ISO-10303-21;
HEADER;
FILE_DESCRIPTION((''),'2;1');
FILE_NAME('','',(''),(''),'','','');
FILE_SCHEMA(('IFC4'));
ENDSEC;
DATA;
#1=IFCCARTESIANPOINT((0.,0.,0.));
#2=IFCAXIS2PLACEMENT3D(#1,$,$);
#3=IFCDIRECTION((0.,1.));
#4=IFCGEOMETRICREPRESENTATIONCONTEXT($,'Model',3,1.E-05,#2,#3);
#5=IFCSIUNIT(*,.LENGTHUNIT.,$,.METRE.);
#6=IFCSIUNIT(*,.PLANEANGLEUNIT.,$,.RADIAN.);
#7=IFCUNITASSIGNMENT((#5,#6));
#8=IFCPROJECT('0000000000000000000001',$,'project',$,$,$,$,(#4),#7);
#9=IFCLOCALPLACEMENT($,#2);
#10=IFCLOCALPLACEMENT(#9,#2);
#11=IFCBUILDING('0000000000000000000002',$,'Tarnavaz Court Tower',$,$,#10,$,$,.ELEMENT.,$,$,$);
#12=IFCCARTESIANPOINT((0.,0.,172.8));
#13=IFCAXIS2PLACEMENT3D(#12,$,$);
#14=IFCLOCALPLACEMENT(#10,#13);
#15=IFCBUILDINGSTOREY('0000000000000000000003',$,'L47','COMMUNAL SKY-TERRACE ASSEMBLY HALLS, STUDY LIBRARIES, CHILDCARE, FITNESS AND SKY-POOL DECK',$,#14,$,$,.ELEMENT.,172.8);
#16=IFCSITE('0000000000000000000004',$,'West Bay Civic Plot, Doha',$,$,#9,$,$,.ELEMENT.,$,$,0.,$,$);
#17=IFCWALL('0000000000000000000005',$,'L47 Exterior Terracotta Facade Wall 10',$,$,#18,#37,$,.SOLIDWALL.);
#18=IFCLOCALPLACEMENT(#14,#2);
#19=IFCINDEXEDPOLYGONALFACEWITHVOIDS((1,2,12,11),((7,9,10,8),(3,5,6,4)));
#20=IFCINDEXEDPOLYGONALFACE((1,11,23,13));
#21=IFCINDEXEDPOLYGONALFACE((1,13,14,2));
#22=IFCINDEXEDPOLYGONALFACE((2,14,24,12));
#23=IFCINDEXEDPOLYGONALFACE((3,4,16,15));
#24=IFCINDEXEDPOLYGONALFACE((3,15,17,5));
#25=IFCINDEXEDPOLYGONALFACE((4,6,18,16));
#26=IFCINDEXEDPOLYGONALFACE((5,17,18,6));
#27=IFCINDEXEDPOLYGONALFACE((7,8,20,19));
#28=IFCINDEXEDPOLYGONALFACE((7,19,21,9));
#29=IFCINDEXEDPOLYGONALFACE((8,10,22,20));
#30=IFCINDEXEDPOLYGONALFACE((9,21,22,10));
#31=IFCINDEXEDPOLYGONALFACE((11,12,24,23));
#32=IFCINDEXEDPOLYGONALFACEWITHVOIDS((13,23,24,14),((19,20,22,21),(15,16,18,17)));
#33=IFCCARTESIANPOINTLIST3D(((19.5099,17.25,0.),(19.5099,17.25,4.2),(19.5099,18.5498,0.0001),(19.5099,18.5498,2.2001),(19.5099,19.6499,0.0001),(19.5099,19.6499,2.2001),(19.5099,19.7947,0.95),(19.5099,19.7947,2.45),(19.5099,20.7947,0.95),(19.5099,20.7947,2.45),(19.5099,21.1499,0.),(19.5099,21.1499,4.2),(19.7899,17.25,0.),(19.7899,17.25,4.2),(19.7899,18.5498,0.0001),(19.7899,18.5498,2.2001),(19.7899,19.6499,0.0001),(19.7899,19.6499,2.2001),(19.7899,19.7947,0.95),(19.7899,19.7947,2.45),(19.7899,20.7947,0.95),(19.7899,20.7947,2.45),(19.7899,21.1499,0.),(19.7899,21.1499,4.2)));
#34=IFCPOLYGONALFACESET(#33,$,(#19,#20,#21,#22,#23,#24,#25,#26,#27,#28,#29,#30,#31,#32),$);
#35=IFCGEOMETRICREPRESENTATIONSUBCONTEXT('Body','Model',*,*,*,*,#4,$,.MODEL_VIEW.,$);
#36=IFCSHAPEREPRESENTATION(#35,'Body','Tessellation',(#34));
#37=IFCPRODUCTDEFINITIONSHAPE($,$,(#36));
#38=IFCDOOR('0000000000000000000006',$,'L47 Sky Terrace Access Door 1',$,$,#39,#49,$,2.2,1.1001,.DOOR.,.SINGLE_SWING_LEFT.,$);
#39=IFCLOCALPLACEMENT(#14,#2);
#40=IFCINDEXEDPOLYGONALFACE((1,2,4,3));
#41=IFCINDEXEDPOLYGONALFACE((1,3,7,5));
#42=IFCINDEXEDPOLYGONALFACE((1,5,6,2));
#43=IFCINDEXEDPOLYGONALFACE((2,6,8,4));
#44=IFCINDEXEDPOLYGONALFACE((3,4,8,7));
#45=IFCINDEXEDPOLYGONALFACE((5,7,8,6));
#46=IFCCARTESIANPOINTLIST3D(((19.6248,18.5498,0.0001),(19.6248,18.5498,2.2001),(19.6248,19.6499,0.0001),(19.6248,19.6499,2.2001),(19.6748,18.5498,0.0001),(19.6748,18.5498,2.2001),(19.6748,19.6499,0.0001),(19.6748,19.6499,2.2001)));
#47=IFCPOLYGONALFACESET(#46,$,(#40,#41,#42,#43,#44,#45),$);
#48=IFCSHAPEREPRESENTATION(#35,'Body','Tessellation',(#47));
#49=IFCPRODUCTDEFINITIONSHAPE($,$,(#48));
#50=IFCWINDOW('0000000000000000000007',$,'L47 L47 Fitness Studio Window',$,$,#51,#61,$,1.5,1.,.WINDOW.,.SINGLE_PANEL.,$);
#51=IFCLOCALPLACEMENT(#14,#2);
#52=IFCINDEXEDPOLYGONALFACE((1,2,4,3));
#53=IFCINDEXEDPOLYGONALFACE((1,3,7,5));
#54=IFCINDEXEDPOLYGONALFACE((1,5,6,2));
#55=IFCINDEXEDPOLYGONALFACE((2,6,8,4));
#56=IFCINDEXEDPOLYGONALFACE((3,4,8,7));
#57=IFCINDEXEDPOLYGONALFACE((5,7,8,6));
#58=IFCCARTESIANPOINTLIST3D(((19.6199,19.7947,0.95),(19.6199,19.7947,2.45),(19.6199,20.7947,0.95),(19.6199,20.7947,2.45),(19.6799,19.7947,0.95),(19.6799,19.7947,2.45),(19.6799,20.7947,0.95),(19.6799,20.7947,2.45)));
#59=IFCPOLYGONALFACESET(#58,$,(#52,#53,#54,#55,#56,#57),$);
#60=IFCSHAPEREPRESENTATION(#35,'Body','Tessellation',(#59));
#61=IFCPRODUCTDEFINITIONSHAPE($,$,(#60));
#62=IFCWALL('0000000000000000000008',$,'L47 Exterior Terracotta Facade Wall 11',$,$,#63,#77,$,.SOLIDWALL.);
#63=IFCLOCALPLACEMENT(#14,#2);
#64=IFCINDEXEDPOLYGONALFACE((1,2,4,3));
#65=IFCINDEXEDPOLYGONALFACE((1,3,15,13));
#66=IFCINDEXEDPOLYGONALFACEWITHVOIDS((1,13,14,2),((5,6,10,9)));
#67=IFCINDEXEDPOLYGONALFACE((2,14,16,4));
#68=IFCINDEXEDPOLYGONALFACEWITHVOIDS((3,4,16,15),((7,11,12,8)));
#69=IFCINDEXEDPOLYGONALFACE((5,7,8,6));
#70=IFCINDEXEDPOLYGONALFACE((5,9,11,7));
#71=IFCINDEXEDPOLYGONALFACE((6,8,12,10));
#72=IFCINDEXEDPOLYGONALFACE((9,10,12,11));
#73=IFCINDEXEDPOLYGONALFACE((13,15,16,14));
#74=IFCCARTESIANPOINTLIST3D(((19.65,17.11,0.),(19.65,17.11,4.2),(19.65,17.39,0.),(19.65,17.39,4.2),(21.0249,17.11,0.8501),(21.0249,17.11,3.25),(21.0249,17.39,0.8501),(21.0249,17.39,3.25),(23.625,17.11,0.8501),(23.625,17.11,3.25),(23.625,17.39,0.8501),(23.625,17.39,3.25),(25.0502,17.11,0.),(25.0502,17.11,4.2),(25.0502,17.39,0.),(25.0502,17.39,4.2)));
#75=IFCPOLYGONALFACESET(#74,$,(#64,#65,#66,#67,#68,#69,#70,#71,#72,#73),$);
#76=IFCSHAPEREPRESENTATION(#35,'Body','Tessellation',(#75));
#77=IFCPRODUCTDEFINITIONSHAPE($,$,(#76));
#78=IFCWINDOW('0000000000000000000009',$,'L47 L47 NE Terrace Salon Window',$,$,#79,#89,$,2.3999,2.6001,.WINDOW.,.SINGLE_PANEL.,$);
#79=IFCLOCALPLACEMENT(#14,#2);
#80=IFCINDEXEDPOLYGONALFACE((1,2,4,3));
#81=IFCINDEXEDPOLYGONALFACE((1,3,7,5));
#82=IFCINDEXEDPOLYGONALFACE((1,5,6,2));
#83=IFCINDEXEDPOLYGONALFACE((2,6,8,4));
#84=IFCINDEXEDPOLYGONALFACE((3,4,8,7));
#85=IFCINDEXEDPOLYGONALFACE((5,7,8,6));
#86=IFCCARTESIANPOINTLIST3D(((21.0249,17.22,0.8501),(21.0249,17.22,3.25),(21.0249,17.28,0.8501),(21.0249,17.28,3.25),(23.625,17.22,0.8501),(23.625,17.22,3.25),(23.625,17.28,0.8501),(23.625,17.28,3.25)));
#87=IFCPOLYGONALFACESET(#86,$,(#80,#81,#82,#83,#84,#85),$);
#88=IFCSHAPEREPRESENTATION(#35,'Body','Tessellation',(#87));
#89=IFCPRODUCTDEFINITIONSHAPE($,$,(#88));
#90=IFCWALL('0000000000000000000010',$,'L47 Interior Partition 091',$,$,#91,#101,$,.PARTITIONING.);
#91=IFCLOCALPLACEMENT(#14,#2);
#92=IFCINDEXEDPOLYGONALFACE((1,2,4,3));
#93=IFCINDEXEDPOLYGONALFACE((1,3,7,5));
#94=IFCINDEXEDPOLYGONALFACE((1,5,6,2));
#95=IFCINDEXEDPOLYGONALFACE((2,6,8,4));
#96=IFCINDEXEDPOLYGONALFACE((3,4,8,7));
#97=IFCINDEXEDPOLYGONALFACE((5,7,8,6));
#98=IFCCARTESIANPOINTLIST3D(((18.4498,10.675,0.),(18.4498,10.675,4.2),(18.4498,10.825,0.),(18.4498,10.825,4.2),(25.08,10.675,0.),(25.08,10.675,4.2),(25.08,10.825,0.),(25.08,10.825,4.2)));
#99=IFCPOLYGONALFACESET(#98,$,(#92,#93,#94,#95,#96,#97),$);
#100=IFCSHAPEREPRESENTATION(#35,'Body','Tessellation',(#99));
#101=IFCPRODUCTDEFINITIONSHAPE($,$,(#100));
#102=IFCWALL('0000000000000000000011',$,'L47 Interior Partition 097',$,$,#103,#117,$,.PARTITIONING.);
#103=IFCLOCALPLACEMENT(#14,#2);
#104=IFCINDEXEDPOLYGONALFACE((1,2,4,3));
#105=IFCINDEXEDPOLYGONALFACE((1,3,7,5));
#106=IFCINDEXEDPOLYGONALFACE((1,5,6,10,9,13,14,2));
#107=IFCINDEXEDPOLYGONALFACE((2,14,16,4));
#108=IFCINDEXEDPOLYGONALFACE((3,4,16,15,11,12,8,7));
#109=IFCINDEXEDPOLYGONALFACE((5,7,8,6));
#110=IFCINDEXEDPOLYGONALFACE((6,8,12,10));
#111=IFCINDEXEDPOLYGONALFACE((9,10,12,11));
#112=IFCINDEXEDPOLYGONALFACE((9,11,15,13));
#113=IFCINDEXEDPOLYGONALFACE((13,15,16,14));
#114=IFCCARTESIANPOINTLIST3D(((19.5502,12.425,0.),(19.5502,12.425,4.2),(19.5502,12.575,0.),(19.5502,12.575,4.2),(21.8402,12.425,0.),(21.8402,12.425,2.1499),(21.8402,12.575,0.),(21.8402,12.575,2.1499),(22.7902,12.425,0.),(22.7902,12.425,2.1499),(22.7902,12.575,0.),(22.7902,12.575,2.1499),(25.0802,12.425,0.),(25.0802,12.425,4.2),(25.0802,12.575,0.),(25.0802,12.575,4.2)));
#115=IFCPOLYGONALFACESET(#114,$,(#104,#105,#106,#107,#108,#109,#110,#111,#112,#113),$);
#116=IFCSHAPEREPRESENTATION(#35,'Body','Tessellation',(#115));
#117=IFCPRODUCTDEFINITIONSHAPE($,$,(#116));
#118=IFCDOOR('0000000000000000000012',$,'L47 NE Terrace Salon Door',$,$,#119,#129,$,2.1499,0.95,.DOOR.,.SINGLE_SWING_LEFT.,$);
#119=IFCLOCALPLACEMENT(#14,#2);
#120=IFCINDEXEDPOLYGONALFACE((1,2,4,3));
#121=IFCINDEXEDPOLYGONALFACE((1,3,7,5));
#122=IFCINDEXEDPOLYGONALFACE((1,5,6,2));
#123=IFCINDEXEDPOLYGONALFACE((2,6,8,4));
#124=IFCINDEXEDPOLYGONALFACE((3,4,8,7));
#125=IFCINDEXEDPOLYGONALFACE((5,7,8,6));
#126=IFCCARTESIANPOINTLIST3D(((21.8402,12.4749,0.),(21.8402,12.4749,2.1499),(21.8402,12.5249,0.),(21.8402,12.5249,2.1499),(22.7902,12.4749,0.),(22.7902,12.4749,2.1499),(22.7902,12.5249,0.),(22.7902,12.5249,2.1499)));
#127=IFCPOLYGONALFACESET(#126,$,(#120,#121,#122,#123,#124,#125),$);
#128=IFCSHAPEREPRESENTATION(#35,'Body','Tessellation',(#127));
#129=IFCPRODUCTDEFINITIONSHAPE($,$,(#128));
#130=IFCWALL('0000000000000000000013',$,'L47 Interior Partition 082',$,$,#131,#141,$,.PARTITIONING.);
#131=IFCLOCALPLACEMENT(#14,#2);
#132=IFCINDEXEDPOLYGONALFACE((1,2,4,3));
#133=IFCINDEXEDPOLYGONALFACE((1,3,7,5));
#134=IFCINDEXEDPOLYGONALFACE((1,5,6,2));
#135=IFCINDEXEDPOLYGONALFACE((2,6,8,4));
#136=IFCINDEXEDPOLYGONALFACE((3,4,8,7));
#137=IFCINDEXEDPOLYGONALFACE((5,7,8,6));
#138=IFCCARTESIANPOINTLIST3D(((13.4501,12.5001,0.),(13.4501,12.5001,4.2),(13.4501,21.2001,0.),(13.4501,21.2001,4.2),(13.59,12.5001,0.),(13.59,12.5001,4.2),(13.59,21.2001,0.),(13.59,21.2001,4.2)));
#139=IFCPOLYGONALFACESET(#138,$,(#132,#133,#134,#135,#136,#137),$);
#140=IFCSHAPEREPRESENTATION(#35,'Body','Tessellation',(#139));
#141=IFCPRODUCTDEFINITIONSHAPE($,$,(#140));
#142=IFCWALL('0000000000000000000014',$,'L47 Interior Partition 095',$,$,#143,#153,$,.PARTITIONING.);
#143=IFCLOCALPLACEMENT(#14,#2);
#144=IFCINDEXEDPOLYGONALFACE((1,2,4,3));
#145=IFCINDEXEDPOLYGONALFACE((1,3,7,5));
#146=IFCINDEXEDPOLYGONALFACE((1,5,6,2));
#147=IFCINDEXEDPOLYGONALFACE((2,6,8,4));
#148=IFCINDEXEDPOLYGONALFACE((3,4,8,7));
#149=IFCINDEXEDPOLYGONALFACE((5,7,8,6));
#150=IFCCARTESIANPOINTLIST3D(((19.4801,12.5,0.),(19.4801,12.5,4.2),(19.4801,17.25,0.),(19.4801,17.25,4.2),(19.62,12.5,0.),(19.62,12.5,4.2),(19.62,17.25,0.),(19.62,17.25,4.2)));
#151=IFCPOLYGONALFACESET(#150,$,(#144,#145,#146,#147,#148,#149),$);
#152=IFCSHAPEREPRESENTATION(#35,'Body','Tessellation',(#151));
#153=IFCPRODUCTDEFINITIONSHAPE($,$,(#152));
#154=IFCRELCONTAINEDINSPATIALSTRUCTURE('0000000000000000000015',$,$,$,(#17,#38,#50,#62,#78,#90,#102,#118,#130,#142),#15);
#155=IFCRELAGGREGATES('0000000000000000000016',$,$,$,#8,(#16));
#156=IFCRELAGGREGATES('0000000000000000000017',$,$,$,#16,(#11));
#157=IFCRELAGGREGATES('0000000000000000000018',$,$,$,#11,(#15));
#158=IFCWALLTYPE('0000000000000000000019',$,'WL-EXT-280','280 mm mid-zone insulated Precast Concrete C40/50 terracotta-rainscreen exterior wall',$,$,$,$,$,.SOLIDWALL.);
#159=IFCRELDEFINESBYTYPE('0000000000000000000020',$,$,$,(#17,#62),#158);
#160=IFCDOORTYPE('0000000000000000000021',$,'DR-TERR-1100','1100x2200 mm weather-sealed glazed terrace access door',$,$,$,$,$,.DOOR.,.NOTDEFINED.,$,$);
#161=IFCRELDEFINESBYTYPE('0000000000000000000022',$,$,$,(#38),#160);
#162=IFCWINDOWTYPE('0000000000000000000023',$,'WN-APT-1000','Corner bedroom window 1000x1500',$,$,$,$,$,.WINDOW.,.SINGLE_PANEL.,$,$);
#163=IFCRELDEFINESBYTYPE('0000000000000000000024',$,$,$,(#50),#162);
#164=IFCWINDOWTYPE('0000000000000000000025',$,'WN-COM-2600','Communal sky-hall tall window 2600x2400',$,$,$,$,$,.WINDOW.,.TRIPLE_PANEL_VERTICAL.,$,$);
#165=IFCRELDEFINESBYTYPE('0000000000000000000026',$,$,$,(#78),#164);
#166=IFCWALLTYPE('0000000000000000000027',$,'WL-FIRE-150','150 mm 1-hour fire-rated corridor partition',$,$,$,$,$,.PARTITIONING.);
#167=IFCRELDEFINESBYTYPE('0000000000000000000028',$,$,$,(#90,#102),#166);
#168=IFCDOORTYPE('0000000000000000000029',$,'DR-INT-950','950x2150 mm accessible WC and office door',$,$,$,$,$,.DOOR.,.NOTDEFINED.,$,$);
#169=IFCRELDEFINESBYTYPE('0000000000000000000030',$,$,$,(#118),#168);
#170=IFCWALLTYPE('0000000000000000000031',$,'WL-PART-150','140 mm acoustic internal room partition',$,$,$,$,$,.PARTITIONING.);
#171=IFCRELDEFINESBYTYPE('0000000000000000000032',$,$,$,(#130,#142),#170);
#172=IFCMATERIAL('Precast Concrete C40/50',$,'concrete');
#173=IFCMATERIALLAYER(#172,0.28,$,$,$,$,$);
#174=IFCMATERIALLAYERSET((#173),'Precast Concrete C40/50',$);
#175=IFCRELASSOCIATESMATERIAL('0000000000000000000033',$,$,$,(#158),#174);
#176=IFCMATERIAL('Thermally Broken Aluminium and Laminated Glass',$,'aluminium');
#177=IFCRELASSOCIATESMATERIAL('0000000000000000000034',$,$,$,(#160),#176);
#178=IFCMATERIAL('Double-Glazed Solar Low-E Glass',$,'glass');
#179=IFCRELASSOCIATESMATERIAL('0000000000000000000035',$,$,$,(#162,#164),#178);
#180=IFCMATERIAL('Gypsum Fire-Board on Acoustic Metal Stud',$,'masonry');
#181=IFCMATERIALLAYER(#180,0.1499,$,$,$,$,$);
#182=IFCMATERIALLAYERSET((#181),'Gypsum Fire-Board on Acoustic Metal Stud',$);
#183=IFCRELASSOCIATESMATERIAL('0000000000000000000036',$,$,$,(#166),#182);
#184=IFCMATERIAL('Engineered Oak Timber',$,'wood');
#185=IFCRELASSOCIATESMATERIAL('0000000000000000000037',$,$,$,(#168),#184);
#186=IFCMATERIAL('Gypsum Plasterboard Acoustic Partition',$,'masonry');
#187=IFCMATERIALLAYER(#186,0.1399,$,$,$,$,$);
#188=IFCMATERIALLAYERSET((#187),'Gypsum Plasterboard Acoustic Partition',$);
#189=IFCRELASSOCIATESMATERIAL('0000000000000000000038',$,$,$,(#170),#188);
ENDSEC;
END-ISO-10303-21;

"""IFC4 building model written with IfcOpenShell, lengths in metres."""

from ifc_helpers import new_model, si_unit, direction, frame, frame_2d, origin, place, context, subcontext, project, spatial, rectangle, extrude, material, layer, layer_set, type_object, element, fill, save


model = new_model("IFC4")

# Units and contexts
model_context = context("Model", 3, precision=1e-05, world=origin(), true_north=direction((0.0, 1.0)))
body_context = subcontext(model_context, "Body", "Model", "MODEL_VIEW")
ifc_project = project(units=[si_unit("LENGTHUNIT", "METRE"), si_unit("PLANEANGLEUNIT", "RADIAN")], contexts=[model_context])

# Site, building, storey
site_placement = place(None, origin())
site = spatial("IfcSite", under=ifc_project, at=site_placement, Name="West Bay Civic Plot, Doha", CompositionType="ELEMENT", RefElevation=0.0)
building_placement = place(site_placement, origin())
building = spatial("IfcBuilding", under=site, at=building_placement, Name="Tarnavaz Court Tower", CompositionType="ELEMENT")
storey_placement = place(building_placement, frame((0.0, 0.0, 172.8)))
storey = spatial("IfcBuildingStorey", under=building, at=storey_placement, Name="L47", Description="COMMUNAL SKY-TERRACE ASSEMBLY HALLS, STUDY LIBRARIES, CHILDCARE, FITNESS AND SKY-POOL DECK", CompositionType="ELEMENT", Elevation=172.8)

# Shared definitions
ifc_material_1 = material(Name="Double-Glazed Solar Low-E Glass", Category="glass")

# Wall, openings, door, window
ifc_material_2 = material(Name="Precast Concrete C40/50", Category="concrete")
ifc_layer_1 = layer(ifc_material_2, 0.28)
ifc_layer_set_1 = layer_set([ifc_layer_1], Name="Precast Concrete C40/50")
wall_type_1 = type_object("IfcWallType", Name="WL-EXT-280", Description="280 mm mid-zone insulated Precast Concrete C40/50 terracotta-rainscreen exterior wall", PredefinedType="SOLIDWALL", material=ifc_layer_set_1)
wall_1_placement = place(storey_placement, frame((19.6499, 21.1499, 0.0), z_axis=(0.0, 0.0, 1.0), x_axis=(0.0, -1.0, 0.0)))
wall_1 = element("IfcWall", 1, at=wall_1_placement, inside=storey, type_object=wall_type_1, Name="L47 Exterior Terracotta Facade Wall 10", PredefinedType="SOLIDWALL", context=body_context, shape_type="SweptSolid", body=[
    extrude(rectangle(XDim=3.8999, YDim=0.28, at=frame_2d((1.95, 0.0))), origin(), (0.0, 0.0, 1.0), 4.2),
])
opening_1_placement = place(wall_1_placement, frame((1.5, 0.0, 0.0)))
opening_1 = element("IfcOpeningElement", 2, at=opening_1_placement, cuts=wall_1, PredefinedType="OPENING", context=body_context, shape_type="SweptSolid", body=[
    extrude(rectangle(XDim=1.1001, YDim=2.2, at=frame_2d((0.55, 1.1001))), frame((0.0, 0.1499, 0.0), z_axis=(0.0, -1.0, 0.0), x_axis=(1.0, 0.0, 0.0)), (0.0, 0.0, 1.0), 0.3),
])
opening_2_placement = place(wall_1_placement, frame((0.3552, 0.0, 0.95)))
opening_2 = element("IfcOpeningElement", 3, at=opening_2_placement, cuts=wall_1, PredefinedType="OPENING", context=body_context, shape_type="SweptSolid", body=[
    extrude(rectangle(XDim=1.0, YDim=1.5, at=frame_2d((0.5, 0.75))), frame((0.0, 0.1499, 0.0), z_axis=(0.0, -1.0, 0.0), x_axis=(1.0, 0.0, 0.0)), (0.0, 0.0, 1.0), 0.3),
])
ifc_material_3 = material(Name="Thermally Broken Aluminium and Laminated Glass", Category="aluminium")
door_type_1 = type_object("IfcDoorType", Name="DR-TERR-1100", Description="1100x2200 mm weather-sealed glazed terrace access door", OperationType="NOTDEFINED", PredefinedType="DOOR", material=ifc_material_3)
door_1_placement = place(opening_1_placement, origin())
door_1 = element("IfcDoor", 4, at=door_1_placement, inside=storey, type_object=door_type_1, Name="L47 Sky Terrace Access Door 1", OperationType="SINGLE_SWING_LEFT", OverallHeight=2.2, OverallWidth=1.1001, PredefinedType="DOOR", context=body_context, shape_type="SweptSolid", body=[
    extrude(rectangle(XDim=1.1001, YDim=2.2, at=frame_2d((0.55, 1.1001))), frame((0.0, 0.0249, 0.0), z_axis=(0.0, -1.0, 0.0), x_axis=(1.0, 0.0, 0.0)), (0.0, 0.0, 1.0), 0.05),
])
fill(opening_1, door_1)
window_type_1 = type_object("IfcWindowType", Name="WN-APT-1000", Description="Corner bedroom window 1000x1500", PartitioningType="SINGLE_PANEL", PredefinedType="WINDOW", material=ifc_material_1)
window_1_placement = place(opening_2_placement, origin())
window_1 = element("IfcWindow", 5, at=window_1_placement, inside=storey, type_object=window_type_1, Name="L47 L47 Fitness Studio Window", OverallHeight=1.5, OverallWidth=1.0, PartitioningType="SINGLE_PANEL", PredefinedType="WINDOW", context=body_context, shape_type="SweptSolid", body=[
    extrude(rectangle(XDim=1.0, YDim=1.5, at=frame_2d((0.5, 0.75))), frame((0.0, 0.03, 0.0), z_axis=(0.0, -1.0, 0.0), x_axis=(1.0, 0.0, 0.0)), (0.0, 0.0, 1.0), 0.0601),
])
fill(opening_2, window_1)

# Wall, opening, window
wall_2_placement = place(storey_placement, frame((19.6499, 17.25, 0.0), z_axis=(0.0, 0.0, 1.0), x_axis=(1.0, 0.0, 0.0)))
wall_2 = element("IfcWall", 6, at=wall_2_placement, inside=storey, type_object=wall_type_1, Name="L47 Exterior Terracotta Facade Wall 11", PredefinedType="SOLIDWALL", context=body_context, shape_type="SweptSolid", body=[
    extrude(rectangle(XDim=5.4001, YDim=0.28, at=frame_2d((2.7002, 0.0))), origin(), (0.0, 0.0, 1.0), 4.2),
])
opening_3_placement = place(wall_2_placement, frame((1.375, 0.0, 0.8501)))
opening_3 = element("IfcOpeningElement", 7, at=opening_3_placement, cuts=wall_2, PredefinedType="OPENING", context=body_context, shape_type="SweptSolid", body=[
    extrude(rectangle(XDim=2.6001, YDim=2.3999, at=frame_2d((1.3, 1.2))), frame((0.0, 0.1499, 0.0), z_axis=(0.0, -1.0, 0.0), x_axis=(1.0, 0.0, 0.0)), (0.0, 0.0, 1.0), 0.3),
])
window_type_2 = type_object("IfcWindowType", Name="WN-COM-2600", Description="Communal sky-hall tall window 2600x2400", PartitioningType="TRIPLE_PANEL_VERTICAL", PredefinedType="WINDOW", material=ifc_material_1)
window_2_placement = place(opening_3_placement, origin())
window_2 = element("IfcWindow", 8, at=window_2_placement, inside=storey, type_object=window_type_2, Name="L47 L47 NE Terrace Salon Window", OverallHeight=2.3999, OverallWidth=2.6001, PartitioningType="SINGLE_PANEL", PredefinedType="WINDOW", context=body_context, shape_type="SweptSolid", body=[
    extrude(rectangle(XDim=2.6001, YDim=2.3999, at=frame_2d((1.3, 1.2))), frame((0.0, 0.03, 0.0), z_axis=(0.0, -1.0, 0.0), x_axis=(1.0, 0.0, 0.0)), (0.0, 0.0, 1.0), 0.0601),
])
fill(opening_3, window_2)

# Wall
ifc_material_4 = material(Name="Gypsum Fire-Board on Acoustic Metal Stud", Category="masonry")
ifc_layer_2 = layer(ifc_material_4, 0.1499)
ifc_layer_set_2 = layer_set([ifc_layer_2], Name="Gypsum Fire-Board on Acoustic Metal Stud")
wall_type_2 = type_object("IfcWallType", Name="WL-FIRE-150", Description="150 mm 1-hour fire-rated corridor partition", PredefinedType="PARTITIONING", material=ifc_layer_set_2)
wall_3_placement = place(storey_placement, frame((18.45, 10.75, 0.0), z_axis=(0.0, 0.0, 1.0), x_axis=(1.0, 0.0, 0.0)))
element("IfcWall", 9, at=wall_3_placement, inside=storey, type_object=wall_type_2, Name="L47 Interior Partition 091", PredefinedType="PARTITIONING", context=body_context, shape_type="SweptSolid", body=[
    extrude(rectangle(XDim=6.6301, YDim=0.1499, at=frame_2d((3.3149, 0.0))), origin(), (0.0, 0.0, 1.0), 4.2),
])

# Wall, opening, door
wall_4_placement = place(storey_placement, frame((19.55, 12.5, 0.0), z_axis=(0.0, 0.0, 1.0), x_axis=(1.0, 0.0, 0.0)))
wall_4 = element("IfcWall", 10, at=wall_4_placement, inside=storey, type_object=wall_type_2, Name="L47 Interior Partition 097", PredefinedType="PARTITIONING", context=body_context, shape_type="SweptSolid", body=[
    extrude(rectangle(XDim=5.53, YDim=0.1499, at=frame_2d((2.7651, 0.0))), origin(), (0.0, 0.0, 1.0), 4.2),
])
opening_4_placement = place(wall_4_placement, frame((2.29, 0.0, 0.0)))
opening_4 = element("IfcOpeningElement", 11, at=opening_4_placement, cuts=wall_4, PredefinedType="OPENING", context=body_context, shape_type="SweptSolid", body=[
    extrude(rectangle(XDim=0.95, YDim=2.1499, at=frame_2d((0.4751, 1.075))), frame((0.0, 0.085, 0.0), z_axis=(0.0, -1.0, 0.0), x_axis=(1.0, 0.0, 0.0)), (0.0, 0.0, 1.0), 0.1699),
])
ifc_material_5 = material(Name="Engineered Oak Timber", Category="wood")
door_type_2 = type_object("IfcDoorType", Name="DR-INT-950", Description="950x2150 mm accessible WC and office door", OperationType="NOTDEFINED", PredefinedType="DOOR", material=ifc_material_5)
door_2_placement = place(opening_4_placement, origin())
door_2 = element("IfcDoor", 12, at=door_2_placement, inside=storey, type_object=door_type_2, Name="L47 NE Terrace Salon Door", OperationType="SINGLE_SWING_LEFT", OverallHeight=2.1499, OverallWidth=0.95, PredefinedType="DOOR", context=body_context, shape_type="SweptSolid", body=[
    extrude(rectangle(XDim=0.95, YDim=2.1499, at=frame_2d((0.4751, 1.075))), frame((0.0, 0.0249, 0.0), z_axis=(0.0, -1.0, 0.0), x_axis=(1.0, 0.0, 0.0)), (0.0, 0.0, 1.0), 0.05),
])
fill(opening_4, door_2)

# Walls
ifc_material_6 = material(Name="Gypsum Plasterboard Acoustic Partition", Category="masonry")
ifc_layer_3 = layer(ifc_material_6, 0.1399)
ifc_layer_set_3 = layer_set([ifc_layer_3], Name="Gypsum Plasterboard Acoustic Partition")
wall_type_3 = type_object("IfcWallType", Name="WL-PART-150", Description="140 mm acoustic internal room partition", PredefinedType="PARTITIONING", material=ifc_layer_set_3)
wall_5_placement = place(storey_placement, frame((13.52, 12.5, 0.0), z_axis=(0.0, 0.0, 1.0), x_axis=(0.0, 1.0, 0.0)))
element("IfcWall", 13, at=wall_5_placement, inside=storey, type_object=wall_type_3, Name="L47 Interior Partition 082", PredefinedType="PARTITIONING", context=body_context, shape_type="SweptSolid", body=[
    extrude(rectangle(XDim=8.7, YDim=0.1399, at=frame_2d((4.3501, 0.0))), origin(), (0.0, 0.0, 1.0), 4.2),
])
wall_6_placement = place(storey_placement, frame((19.55, 12.5, 0.0), z_axis=(0.0, 0.0, 1.0), x_axis=(0.0, 1.0, 0.0)))
element("IfcWall", 14, at=wall_6_placement, inside=storey, type_object=wall_type_3, Name="L47 Interior Partition 095", PredefinedType="PARTITIONING", context=body_context, shape_type="SweptSolid", body=[
    extrude(rectangle(XDim=4.75, YDim=0.1399, at=frame_2d((2.375, 0.0))), origin(), (0.0, 0.0, 1.0), 4.2),
])

save(model, "model.ifc")
